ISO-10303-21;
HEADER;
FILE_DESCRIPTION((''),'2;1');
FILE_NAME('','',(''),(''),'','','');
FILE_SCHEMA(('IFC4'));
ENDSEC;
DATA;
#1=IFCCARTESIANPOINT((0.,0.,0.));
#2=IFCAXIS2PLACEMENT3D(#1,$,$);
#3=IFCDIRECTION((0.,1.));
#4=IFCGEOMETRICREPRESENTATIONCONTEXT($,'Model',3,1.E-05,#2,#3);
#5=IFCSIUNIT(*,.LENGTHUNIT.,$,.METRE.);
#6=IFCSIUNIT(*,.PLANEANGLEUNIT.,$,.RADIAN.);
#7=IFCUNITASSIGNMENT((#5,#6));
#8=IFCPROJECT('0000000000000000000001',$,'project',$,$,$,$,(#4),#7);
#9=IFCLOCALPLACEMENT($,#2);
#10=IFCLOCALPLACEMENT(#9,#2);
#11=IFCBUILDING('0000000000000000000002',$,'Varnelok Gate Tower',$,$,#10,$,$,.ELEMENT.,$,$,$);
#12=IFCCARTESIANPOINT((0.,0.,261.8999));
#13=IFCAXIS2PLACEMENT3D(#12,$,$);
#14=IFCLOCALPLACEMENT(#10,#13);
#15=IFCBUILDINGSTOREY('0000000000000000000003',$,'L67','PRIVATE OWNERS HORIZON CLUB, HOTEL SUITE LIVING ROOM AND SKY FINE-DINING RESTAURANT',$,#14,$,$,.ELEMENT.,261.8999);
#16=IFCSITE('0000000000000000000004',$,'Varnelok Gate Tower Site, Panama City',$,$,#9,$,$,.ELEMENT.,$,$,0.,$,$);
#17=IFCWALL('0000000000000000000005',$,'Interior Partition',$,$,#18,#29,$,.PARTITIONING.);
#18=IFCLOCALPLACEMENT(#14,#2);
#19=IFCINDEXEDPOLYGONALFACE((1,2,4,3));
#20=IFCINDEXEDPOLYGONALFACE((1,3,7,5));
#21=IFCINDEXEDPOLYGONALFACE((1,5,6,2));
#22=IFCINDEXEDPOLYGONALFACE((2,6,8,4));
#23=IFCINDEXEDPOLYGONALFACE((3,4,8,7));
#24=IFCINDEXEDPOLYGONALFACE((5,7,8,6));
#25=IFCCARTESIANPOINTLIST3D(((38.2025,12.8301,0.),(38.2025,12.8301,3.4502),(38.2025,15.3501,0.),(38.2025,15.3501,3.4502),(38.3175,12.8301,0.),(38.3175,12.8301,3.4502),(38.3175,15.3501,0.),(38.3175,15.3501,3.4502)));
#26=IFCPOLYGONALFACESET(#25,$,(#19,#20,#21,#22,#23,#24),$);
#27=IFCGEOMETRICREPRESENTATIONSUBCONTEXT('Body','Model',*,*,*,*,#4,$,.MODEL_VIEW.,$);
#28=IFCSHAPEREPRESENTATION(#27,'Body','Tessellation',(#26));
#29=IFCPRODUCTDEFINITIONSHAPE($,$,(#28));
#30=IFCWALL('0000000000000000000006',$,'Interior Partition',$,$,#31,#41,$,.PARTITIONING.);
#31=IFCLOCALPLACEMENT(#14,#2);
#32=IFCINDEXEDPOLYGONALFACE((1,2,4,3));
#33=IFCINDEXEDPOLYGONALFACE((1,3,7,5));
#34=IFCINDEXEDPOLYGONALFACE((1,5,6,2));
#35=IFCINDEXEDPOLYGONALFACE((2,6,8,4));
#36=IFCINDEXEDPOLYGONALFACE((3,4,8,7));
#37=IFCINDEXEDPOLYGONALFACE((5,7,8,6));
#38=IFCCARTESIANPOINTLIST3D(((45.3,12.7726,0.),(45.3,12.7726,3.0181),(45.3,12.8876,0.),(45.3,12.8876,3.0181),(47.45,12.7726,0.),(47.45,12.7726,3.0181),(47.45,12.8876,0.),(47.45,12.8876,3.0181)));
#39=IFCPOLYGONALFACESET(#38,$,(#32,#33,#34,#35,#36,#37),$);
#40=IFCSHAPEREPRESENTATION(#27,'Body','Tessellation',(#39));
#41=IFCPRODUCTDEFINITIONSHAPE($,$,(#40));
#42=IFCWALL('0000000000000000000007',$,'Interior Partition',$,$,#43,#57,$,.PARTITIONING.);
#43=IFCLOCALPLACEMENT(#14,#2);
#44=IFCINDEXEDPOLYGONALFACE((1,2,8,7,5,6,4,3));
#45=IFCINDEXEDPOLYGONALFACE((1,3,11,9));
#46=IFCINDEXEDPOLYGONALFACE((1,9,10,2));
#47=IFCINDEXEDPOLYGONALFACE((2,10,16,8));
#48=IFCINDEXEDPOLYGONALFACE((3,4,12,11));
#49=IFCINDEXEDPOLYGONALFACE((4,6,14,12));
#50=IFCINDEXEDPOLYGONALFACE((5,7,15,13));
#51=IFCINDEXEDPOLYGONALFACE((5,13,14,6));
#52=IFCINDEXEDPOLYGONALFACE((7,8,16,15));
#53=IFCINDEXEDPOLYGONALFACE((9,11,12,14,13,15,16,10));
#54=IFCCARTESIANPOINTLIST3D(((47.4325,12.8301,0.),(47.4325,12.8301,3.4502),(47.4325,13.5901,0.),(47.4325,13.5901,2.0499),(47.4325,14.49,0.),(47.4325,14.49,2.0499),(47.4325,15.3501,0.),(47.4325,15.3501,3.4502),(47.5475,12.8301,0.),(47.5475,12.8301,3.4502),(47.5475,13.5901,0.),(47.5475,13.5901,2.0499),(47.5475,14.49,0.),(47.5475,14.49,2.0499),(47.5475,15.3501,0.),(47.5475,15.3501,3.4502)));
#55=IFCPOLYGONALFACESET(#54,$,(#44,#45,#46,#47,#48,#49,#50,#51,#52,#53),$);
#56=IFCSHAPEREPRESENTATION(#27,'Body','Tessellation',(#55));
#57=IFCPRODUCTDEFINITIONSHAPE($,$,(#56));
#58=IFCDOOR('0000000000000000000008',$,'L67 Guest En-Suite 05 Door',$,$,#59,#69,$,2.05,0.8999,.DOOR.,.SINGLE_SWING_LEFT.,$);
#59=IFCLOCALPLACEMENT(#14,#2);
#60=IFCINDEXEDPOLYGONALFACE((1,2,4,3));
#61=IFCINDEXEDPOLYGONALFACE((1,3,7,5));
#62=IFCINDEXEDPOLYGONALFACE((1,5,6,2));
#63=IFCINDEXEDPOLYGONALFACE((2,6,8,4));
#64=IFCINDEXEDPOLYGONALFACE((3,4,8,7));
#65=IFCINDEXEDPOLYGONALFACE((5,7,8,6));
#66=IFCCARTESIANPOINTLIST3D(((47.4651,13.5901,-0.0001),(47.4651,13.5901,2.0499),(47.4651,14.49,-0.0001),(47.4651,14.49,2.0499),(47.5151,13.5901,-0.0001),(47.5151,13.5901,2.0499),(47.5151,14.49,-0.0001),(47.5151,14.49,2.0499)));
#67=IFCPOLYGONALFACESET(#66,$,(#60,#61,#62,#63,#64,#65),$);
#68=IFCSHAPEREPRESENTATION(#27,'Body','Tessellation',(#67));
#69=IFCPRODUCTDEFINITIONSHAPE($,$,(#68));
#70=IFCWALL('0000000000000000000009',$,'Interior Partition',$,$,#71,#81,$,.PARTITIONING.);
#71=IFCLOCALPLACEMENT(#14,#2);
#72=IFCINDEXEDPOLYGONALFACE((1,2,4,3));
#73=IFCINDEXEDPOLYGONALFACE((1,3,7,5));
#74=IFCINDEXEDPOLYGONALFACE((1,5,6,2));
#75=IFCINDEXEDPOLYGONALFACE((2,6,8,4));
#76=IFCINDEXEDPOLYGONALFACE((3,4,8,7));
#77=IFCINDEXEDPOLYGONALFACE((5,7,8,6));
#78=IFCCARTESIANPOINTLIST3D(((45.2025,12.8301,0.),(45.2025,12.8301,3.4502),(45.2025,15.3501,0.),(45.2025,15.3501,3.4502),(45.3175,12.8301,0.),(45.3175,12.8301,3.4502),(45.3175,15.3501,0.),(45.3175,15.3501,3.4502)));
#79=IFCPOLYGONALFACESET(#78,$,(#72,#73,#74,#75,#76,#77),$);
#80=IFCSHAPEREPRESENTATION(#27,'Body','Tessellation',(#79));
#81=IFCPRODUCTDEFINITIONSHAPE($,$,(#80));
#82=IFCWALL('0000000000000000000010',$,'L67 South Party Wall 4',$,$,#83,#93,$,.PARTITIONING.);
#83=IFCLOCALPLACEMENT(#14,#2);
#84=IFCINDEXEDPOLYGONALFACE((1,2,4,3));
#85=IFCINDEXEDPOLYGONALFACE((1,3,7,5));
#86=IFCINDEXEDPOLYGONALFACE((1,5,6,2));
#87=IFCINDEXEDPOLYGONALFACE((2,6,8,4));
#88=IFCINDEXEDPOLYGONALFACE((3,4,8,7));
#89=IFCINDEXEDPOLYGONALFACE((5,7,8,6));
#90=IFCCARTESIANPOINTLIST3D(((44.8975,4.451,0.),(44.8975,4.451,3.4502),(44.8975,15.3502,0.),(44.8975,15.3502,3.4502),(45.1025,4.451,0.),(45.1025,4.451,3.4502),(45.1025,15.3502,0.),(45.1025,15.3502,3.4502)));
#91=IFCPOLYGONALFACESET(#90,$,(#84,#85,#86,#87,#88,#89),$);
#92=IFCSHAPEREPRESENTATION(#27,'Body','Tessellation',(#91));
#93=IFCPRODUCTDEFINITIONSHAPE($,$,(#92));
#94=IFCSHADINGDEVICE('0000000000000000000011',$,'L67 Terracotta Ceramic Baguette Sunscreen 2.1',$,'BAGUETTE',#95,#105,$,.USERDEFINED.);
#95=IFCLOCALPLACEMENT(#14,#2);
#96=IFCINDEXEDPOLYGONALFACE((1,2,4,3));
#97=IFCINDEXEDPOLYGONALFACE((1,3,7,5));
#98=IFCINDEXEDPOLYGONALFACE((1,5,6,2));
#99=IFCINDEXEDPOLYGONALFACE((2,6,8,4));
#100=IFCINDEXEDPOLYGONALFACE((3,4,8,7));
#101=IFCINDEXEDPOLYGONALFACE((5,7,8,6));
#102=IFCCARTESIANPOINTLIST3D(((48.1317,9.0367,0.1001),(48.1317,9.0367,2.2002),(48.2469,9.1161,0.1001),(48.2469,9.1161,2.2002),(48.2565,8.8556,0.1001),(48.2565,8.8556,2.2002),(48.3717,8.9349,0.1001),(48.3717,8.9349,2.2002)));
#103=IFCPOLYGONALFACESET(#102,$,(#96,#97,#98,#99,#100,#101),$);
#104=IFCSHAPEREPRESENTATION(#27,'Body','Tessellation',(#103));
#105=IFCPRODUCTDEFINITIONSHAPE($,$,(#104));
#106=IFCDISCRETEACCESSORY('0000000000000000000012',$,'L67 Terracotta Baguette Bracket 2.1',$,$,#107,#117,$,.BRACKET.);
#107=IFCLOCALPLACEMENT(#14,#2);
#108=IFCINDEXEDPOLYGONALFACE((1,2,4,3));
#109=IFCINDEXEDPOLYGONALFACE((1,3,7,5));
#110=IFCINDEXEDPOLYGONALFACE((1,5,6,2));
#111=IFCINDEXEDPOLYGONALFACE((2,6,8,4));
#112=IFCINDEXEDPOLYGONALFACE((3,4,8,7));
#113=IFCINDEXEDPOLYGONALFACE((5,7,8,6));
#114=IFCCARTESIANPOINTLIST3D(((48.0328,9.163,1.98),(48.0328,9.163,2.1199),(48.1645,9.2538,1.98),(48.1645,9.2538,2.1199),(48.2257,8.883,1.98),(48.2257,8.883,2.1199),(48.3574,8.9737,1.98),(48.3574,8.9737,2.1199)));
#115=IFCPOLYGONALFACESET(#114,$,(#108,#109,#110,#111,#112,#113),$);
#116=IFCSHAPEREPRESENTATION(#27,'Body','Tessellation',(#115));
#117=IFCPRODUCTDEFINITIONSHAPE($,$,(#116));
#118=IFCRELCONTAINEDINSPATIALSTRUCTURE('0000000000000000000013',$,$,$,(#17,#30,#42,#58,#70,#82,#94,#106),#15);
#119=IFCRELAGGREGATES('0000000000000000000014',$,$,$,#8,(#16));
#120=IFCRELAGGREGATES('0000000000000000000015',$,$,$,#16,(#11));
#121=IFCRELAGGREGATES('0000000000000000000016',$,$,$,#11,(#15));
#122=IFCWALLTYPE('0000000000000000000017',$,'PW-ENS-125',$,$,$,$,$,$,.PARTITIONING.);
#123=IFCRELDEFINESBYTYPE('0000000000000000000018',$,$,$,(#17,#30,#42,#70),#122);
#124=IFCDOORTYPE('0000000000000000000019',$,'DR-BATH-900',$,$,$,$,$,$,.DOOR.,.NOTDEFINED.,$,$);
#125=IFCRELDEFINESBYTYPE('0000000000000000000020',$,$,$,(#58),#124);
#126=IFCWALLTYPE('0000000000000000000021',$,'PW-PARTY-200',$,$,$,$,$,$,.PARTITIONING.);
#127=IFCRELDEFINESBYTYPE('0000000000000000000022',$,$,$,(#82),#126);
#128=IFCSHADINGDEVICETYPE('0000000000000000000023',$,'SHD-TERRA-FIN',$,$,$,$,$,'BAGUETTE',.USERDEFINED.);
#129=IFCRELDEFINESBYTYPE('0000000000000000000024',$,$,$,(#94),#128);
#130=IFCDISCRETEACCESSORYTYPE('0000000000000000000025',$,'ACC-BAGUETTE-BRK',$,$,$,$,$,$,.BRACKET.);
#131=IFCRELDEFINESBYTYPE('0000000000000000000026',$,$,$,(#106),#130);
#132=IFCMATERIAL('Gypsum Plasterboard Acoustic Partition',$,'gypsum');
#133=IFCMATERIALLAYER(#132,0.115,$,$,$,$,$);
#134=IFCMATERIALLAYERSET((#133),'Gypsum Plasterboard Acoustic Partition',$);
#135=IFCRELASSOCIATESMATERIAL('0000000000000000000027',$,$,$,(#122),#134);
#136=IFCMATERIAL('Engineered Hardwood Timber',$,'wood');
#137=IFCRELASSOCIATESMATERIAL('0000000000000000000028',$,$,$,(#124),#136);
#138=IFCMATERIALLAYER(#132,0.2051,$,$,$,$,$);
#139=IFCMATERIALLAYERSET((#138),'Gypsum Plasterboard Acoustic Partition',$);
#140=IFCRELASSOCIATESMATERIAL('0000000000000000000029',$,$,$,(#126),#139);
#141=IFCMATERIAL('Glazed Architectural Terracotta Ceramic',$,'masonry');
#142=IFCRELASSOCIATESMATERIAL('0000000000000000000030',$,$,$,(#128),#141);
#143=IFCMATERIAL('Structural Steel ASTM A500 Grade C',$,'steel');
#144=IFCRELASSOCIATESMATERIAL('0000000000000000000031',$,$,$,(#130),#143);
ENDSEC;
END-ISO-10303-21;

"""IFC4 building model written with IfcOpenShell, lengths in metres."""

from ifc_helpers import new_model, si_unit, direction, frame, frame_2d, origin, origin_2d, place, context, subcontext, project, spatial, rectangle, extrude, source, transform, mapped, material, layer, layer_set, type_object, element, fill, save


model = new_model("IFC4")

# Units and contexts
model_context = context("Model", 3, precision=1e-05, world=origin(), true_north=direction((0.0, 1.0)))
body_context = subcontext(model_context, "Body", "Model", "MODEL_VIEW")
ifc_project = project(units=[si_unit("LENGTHUNIT", "METRE"), si_unit("PLANEANGLEUNIT", "RADIAN")], contexts=[model_context])

# Site, building, storey
site_placement = place(None, origin())
site = spatial("IfcSite", under=ifc_project, at=site_placement, Name="Varnelok Gate Tower Site, Panama City", CompositionType="ELEMENT", RefElevation=0.0)
building_placement = place(site_placement, origin())
building = spatial("IfcBuilding", under=site, at=building_placement, Name="Varnelok Gate Tower", CompositionType="ELEMENT")
storey_placement = place(building_placement, frame((0.0, 0.0, 261.8999)))
storey = spatial("IfcBuildingStorey", under=building, at=storey_placement, Name="L67", Description="PRIVATE OWNERS HORIZON CLUB, HOTEL SUITE LIVING ROOM AND SKY FINE-DINING RESTAURANT", CompositionType="ELEMENT", Elevation=261.8999)

# Shared definitions
ifc_material_1 = material(Name="Gypsum Plasterboard Acoustic Partition", Category="gypsum")
ifc_material_2 = material(Name="Engineered Hardwood Timber", Category="wood")

# Shared definitions
ifc_layer_1 = layer(ifc_material_1, 0.115)
ifc_layer_set_1 = layer_set([ifc_layer_1], Name="Gypsum Plasterboard Acoustic Partition")
wall_type_1 = type_object("IfcWallType", Name="PW-ENS-125", PredefinedType="PARTITIONING", material=ifc_layer_set_1)

# Shared definitions
door_type_1 = type_object("IfcDoorType", Name="DR-BATH-900", OperationType="NOTDEFINED", PredefinedType="DOOR", material=ifc_material_2)

# Walls
wall_1_placement = place(storey_placement, frame((38.26, 12.8301, 0.0), z_axis=(0.0, 0.0, 1.0), x_axis=(0.0, 1.0, 0.0)))
element("IfcWall", 1, at=wall_1_placement, inside=storey, type_object=wall_type_1, Name="Interior Partition", PredefinedType="PARTITIONING", context=body_context, shape_type="SweptSolid", body=[
    extrude(rectangle(XDim=2.52, YDim=0.115, at=frame_2d((1.26, 0.0))), origin(), (0.0, 0.0, 1.0), 3.4502),
])
wall_2_placement = place(storey_placement, frame((45.3, 12.8301, 0.0), z_axis=(0.0, 0.0, 1.0), x_axis=(1.0, 0.0, 0.0)))
element("IfcWall", 2, at=wall_2_placement, inside=storey, type_object=wall_type_1, Name="Interior Partition", PredefinedType="PARTITIONING", context=body_context, shape_type="SweptSolid", body=[
    extrude(rectangle(XDim=2.1499, YDim=0.115, at=frame_2d((1.075, 0.0))), origin(), (0.0, 0.0, 1.0), 3.0181),
])

# Wall, opening, door
wall_3_placement = place(storey_placement, frame((47.49, 12.8301, 0.0), z_axis=(0.0, 0.0, 1.0), x_axis=(0.0, 1.0, 0.0)))
wall_3 = element("IfcWall", 3, at=wall_3_placement, inside=storey, type_object=wall_type_1, Name="Interior Partition", PredefinedType="PARTITIONING", context=body_context, shape_type="SweptSolid", body=[
    extrude(rectangle(XDim=2.52, YDim=0.115, at=frame_2d((1.26, 0.0))), origin(), (0.0, 0.0, 1.0), 3.4502),
])
opening_1_placement = place(wall_3_placement, frame((0.76, 0.0, 0.0)))
opening_1 = element("IfcOpeningElement", 4, at=opening_1_placement, cuts=wall_3, PredefinedType="OPENING", context=body_context, shape_type="SweptSolid", body=[
    extrude(rectangle(XDim=0.8999, YDim=2.05, at=frame_2d((0.45, 1.0249))), frame((0.0, 0.0674, 0.0), z_axis=(0.0, -1.0, 0.0), x_axis=(1.0, 0.0, 0.0)), (0.0, 0.0, 1.0), 0.135),
])
door_1_placement = place(opening_1_placement, origin())
door_1 = element("IfcDoor", 5, at=door_1_placement, inside=storey, type_object=door_type_1, Name="L67 Guest En-Suite 05 Door", OperationType="SINGLE_SWING_LEFT", OverallHeight=2.05, OverallWidth=0.8999, PredefinedType="DOOR", context=body_context, shape_type="SweptSolid", body=[
    extrude(rectangle(XDim=0.8999, YDim=2.05, at=frame_2d((0.45, 1.0249))), frame((0.0, 0.0249, 0.0), z_axis=(0.0, -1.0, 0.0), x_axis=(1.0, 0.0, 0.0)), (0.0, 0.0, 1.0), 0.05),
])
fill(opening_1, door_1)

# Walls
wall_4_placement = place(storey_placement, frame((45.26, 12.8301, 0.0), z_axis=(0.0, 0.0, 1.0), x_axis=(0.0, 1.0, 0.0)))
element("IfcWall", 6, at=wall_4_placement, inside=storey, type_object=wall_type_1, Name="Interior Partition", PredefinedType="PARTITIONING", context=body_context, shape_type="SweptSolid", body=[
    extrude(rectangle(XDim=2.52, YDim=0.115, at=frame_2d((1.26, 0.0))), origin(), (0.0, 0.0, 1.0), 3.4502),
])
ifc_layer_2 = layer(ifc_material_1, 0.2051)
ifc_layer_set_2 = layer_set([ifc_layer_2], Name="Gypsum Plasterboard Acoustic Partition")
wall_type_2 = type_object("IfcWallType", Name="PW-PARTY-200", PredefinedType="PARTITIONING", material=ifc_layer_set_2)
wall_5_placement = place(storey_placement, frame((45.0, 4.4509, 0.0), z_axis=(0.0, 0.0, 1.0), x_axis=(0.0, 1.0, 0.0)))
element("IfcWall", 7, at=wall_5_placement, inside=storey, type_object=wall_type_2, Name="L67 South Party Wall 4", PredefinedType="PARTITIONING", context=body_context, shape_type="SweptSolid", body=[
    extrude(rectangle(XDim=10.8992, YDim=0.2051, at=frame_2d((5.4497, 0.0))), origin(), (0.0, 0.0, 1.0), 3.4502),
])

# Shading device
ifc_material_3 = material(Name="Glazed Architectural Terracotta Ceramic", Category="masonry")
shading_device_type = type_object("IfcShadingDeviceType", Name="SHD-TERRA-FIN", ElementType="BAGUETTE", PredefinedType="USERDEFINED", material=ifc_material_3)
shared_shape_1 = source(origin(), body_context, "Body", "SweptSolid", [
    extrude(rectangle(XDim=0.1399, YDim=0.22, at=origin_2d()), origin(), (0.0, 0.0, 1.0), 2.1001),
])
shading_device_placement = place(storey_placement, frame((48.2517, 8.9858, 0.1001), z_axis=(0.0, 0.0, 1.0), x_axis=(0.823533, 0.567269, 0.0)))
element("IfcShadingDevice", 8, at=shading_device_placement, inside=storey, type_object=shading_device_type, Name="L67 Terracotta Ceramic Baguette Sunscreen 2.1", ObjectType="BAGUETTE", PredefinedType="USERDEFINED", context=body_context, shape_type="MappedRepresentation", body=[
    mapped(shared_shape_1, transform((0.0, 0.0, 0.0), scale=1.0)),
])

# Discrete accessory
ifc_material_4 = material(Name="Structural Steel ASTM A500 Grade C", Category="steel")
discrete_accessory_type = type_object("IfcDiscreteAccessoryType", Name="ACC-BAGUETTE-BRK", PredefinedType="BRACKET", material=ifc_material_4)
shared_shape_2 = source(origin(), body_context, "Body", "SweptSolid", [
    extrude(rectangle(XDim=0.1599, YDim=0.3401, at=origin_2d()), origin(), (0.0, 0.0, 1.0), 0.1399),
])
discrete_accessory_placement = place(storey_placement, frame((48.1951, 9.0684, 1.98), z_axis=(0.0, 0.0, 1.0), x_axis=(0.823533, 0.567269, 0.0)))
element("IfcDiscreteAccessory", 9, at=discrete_accessory_placement, inside=storey, type_object=discrete_accessory_type, Name="L67 Terracotta Baguette Bracket 2.1", PredefinedType="BRACKET", context=body_context, shape_type="MappedRepresentation", body=[
    mapped(shared_shape_2, transform((0.0, 0.0, 0.0), scale=1.0)),
])

save(model, "model.ifc")
